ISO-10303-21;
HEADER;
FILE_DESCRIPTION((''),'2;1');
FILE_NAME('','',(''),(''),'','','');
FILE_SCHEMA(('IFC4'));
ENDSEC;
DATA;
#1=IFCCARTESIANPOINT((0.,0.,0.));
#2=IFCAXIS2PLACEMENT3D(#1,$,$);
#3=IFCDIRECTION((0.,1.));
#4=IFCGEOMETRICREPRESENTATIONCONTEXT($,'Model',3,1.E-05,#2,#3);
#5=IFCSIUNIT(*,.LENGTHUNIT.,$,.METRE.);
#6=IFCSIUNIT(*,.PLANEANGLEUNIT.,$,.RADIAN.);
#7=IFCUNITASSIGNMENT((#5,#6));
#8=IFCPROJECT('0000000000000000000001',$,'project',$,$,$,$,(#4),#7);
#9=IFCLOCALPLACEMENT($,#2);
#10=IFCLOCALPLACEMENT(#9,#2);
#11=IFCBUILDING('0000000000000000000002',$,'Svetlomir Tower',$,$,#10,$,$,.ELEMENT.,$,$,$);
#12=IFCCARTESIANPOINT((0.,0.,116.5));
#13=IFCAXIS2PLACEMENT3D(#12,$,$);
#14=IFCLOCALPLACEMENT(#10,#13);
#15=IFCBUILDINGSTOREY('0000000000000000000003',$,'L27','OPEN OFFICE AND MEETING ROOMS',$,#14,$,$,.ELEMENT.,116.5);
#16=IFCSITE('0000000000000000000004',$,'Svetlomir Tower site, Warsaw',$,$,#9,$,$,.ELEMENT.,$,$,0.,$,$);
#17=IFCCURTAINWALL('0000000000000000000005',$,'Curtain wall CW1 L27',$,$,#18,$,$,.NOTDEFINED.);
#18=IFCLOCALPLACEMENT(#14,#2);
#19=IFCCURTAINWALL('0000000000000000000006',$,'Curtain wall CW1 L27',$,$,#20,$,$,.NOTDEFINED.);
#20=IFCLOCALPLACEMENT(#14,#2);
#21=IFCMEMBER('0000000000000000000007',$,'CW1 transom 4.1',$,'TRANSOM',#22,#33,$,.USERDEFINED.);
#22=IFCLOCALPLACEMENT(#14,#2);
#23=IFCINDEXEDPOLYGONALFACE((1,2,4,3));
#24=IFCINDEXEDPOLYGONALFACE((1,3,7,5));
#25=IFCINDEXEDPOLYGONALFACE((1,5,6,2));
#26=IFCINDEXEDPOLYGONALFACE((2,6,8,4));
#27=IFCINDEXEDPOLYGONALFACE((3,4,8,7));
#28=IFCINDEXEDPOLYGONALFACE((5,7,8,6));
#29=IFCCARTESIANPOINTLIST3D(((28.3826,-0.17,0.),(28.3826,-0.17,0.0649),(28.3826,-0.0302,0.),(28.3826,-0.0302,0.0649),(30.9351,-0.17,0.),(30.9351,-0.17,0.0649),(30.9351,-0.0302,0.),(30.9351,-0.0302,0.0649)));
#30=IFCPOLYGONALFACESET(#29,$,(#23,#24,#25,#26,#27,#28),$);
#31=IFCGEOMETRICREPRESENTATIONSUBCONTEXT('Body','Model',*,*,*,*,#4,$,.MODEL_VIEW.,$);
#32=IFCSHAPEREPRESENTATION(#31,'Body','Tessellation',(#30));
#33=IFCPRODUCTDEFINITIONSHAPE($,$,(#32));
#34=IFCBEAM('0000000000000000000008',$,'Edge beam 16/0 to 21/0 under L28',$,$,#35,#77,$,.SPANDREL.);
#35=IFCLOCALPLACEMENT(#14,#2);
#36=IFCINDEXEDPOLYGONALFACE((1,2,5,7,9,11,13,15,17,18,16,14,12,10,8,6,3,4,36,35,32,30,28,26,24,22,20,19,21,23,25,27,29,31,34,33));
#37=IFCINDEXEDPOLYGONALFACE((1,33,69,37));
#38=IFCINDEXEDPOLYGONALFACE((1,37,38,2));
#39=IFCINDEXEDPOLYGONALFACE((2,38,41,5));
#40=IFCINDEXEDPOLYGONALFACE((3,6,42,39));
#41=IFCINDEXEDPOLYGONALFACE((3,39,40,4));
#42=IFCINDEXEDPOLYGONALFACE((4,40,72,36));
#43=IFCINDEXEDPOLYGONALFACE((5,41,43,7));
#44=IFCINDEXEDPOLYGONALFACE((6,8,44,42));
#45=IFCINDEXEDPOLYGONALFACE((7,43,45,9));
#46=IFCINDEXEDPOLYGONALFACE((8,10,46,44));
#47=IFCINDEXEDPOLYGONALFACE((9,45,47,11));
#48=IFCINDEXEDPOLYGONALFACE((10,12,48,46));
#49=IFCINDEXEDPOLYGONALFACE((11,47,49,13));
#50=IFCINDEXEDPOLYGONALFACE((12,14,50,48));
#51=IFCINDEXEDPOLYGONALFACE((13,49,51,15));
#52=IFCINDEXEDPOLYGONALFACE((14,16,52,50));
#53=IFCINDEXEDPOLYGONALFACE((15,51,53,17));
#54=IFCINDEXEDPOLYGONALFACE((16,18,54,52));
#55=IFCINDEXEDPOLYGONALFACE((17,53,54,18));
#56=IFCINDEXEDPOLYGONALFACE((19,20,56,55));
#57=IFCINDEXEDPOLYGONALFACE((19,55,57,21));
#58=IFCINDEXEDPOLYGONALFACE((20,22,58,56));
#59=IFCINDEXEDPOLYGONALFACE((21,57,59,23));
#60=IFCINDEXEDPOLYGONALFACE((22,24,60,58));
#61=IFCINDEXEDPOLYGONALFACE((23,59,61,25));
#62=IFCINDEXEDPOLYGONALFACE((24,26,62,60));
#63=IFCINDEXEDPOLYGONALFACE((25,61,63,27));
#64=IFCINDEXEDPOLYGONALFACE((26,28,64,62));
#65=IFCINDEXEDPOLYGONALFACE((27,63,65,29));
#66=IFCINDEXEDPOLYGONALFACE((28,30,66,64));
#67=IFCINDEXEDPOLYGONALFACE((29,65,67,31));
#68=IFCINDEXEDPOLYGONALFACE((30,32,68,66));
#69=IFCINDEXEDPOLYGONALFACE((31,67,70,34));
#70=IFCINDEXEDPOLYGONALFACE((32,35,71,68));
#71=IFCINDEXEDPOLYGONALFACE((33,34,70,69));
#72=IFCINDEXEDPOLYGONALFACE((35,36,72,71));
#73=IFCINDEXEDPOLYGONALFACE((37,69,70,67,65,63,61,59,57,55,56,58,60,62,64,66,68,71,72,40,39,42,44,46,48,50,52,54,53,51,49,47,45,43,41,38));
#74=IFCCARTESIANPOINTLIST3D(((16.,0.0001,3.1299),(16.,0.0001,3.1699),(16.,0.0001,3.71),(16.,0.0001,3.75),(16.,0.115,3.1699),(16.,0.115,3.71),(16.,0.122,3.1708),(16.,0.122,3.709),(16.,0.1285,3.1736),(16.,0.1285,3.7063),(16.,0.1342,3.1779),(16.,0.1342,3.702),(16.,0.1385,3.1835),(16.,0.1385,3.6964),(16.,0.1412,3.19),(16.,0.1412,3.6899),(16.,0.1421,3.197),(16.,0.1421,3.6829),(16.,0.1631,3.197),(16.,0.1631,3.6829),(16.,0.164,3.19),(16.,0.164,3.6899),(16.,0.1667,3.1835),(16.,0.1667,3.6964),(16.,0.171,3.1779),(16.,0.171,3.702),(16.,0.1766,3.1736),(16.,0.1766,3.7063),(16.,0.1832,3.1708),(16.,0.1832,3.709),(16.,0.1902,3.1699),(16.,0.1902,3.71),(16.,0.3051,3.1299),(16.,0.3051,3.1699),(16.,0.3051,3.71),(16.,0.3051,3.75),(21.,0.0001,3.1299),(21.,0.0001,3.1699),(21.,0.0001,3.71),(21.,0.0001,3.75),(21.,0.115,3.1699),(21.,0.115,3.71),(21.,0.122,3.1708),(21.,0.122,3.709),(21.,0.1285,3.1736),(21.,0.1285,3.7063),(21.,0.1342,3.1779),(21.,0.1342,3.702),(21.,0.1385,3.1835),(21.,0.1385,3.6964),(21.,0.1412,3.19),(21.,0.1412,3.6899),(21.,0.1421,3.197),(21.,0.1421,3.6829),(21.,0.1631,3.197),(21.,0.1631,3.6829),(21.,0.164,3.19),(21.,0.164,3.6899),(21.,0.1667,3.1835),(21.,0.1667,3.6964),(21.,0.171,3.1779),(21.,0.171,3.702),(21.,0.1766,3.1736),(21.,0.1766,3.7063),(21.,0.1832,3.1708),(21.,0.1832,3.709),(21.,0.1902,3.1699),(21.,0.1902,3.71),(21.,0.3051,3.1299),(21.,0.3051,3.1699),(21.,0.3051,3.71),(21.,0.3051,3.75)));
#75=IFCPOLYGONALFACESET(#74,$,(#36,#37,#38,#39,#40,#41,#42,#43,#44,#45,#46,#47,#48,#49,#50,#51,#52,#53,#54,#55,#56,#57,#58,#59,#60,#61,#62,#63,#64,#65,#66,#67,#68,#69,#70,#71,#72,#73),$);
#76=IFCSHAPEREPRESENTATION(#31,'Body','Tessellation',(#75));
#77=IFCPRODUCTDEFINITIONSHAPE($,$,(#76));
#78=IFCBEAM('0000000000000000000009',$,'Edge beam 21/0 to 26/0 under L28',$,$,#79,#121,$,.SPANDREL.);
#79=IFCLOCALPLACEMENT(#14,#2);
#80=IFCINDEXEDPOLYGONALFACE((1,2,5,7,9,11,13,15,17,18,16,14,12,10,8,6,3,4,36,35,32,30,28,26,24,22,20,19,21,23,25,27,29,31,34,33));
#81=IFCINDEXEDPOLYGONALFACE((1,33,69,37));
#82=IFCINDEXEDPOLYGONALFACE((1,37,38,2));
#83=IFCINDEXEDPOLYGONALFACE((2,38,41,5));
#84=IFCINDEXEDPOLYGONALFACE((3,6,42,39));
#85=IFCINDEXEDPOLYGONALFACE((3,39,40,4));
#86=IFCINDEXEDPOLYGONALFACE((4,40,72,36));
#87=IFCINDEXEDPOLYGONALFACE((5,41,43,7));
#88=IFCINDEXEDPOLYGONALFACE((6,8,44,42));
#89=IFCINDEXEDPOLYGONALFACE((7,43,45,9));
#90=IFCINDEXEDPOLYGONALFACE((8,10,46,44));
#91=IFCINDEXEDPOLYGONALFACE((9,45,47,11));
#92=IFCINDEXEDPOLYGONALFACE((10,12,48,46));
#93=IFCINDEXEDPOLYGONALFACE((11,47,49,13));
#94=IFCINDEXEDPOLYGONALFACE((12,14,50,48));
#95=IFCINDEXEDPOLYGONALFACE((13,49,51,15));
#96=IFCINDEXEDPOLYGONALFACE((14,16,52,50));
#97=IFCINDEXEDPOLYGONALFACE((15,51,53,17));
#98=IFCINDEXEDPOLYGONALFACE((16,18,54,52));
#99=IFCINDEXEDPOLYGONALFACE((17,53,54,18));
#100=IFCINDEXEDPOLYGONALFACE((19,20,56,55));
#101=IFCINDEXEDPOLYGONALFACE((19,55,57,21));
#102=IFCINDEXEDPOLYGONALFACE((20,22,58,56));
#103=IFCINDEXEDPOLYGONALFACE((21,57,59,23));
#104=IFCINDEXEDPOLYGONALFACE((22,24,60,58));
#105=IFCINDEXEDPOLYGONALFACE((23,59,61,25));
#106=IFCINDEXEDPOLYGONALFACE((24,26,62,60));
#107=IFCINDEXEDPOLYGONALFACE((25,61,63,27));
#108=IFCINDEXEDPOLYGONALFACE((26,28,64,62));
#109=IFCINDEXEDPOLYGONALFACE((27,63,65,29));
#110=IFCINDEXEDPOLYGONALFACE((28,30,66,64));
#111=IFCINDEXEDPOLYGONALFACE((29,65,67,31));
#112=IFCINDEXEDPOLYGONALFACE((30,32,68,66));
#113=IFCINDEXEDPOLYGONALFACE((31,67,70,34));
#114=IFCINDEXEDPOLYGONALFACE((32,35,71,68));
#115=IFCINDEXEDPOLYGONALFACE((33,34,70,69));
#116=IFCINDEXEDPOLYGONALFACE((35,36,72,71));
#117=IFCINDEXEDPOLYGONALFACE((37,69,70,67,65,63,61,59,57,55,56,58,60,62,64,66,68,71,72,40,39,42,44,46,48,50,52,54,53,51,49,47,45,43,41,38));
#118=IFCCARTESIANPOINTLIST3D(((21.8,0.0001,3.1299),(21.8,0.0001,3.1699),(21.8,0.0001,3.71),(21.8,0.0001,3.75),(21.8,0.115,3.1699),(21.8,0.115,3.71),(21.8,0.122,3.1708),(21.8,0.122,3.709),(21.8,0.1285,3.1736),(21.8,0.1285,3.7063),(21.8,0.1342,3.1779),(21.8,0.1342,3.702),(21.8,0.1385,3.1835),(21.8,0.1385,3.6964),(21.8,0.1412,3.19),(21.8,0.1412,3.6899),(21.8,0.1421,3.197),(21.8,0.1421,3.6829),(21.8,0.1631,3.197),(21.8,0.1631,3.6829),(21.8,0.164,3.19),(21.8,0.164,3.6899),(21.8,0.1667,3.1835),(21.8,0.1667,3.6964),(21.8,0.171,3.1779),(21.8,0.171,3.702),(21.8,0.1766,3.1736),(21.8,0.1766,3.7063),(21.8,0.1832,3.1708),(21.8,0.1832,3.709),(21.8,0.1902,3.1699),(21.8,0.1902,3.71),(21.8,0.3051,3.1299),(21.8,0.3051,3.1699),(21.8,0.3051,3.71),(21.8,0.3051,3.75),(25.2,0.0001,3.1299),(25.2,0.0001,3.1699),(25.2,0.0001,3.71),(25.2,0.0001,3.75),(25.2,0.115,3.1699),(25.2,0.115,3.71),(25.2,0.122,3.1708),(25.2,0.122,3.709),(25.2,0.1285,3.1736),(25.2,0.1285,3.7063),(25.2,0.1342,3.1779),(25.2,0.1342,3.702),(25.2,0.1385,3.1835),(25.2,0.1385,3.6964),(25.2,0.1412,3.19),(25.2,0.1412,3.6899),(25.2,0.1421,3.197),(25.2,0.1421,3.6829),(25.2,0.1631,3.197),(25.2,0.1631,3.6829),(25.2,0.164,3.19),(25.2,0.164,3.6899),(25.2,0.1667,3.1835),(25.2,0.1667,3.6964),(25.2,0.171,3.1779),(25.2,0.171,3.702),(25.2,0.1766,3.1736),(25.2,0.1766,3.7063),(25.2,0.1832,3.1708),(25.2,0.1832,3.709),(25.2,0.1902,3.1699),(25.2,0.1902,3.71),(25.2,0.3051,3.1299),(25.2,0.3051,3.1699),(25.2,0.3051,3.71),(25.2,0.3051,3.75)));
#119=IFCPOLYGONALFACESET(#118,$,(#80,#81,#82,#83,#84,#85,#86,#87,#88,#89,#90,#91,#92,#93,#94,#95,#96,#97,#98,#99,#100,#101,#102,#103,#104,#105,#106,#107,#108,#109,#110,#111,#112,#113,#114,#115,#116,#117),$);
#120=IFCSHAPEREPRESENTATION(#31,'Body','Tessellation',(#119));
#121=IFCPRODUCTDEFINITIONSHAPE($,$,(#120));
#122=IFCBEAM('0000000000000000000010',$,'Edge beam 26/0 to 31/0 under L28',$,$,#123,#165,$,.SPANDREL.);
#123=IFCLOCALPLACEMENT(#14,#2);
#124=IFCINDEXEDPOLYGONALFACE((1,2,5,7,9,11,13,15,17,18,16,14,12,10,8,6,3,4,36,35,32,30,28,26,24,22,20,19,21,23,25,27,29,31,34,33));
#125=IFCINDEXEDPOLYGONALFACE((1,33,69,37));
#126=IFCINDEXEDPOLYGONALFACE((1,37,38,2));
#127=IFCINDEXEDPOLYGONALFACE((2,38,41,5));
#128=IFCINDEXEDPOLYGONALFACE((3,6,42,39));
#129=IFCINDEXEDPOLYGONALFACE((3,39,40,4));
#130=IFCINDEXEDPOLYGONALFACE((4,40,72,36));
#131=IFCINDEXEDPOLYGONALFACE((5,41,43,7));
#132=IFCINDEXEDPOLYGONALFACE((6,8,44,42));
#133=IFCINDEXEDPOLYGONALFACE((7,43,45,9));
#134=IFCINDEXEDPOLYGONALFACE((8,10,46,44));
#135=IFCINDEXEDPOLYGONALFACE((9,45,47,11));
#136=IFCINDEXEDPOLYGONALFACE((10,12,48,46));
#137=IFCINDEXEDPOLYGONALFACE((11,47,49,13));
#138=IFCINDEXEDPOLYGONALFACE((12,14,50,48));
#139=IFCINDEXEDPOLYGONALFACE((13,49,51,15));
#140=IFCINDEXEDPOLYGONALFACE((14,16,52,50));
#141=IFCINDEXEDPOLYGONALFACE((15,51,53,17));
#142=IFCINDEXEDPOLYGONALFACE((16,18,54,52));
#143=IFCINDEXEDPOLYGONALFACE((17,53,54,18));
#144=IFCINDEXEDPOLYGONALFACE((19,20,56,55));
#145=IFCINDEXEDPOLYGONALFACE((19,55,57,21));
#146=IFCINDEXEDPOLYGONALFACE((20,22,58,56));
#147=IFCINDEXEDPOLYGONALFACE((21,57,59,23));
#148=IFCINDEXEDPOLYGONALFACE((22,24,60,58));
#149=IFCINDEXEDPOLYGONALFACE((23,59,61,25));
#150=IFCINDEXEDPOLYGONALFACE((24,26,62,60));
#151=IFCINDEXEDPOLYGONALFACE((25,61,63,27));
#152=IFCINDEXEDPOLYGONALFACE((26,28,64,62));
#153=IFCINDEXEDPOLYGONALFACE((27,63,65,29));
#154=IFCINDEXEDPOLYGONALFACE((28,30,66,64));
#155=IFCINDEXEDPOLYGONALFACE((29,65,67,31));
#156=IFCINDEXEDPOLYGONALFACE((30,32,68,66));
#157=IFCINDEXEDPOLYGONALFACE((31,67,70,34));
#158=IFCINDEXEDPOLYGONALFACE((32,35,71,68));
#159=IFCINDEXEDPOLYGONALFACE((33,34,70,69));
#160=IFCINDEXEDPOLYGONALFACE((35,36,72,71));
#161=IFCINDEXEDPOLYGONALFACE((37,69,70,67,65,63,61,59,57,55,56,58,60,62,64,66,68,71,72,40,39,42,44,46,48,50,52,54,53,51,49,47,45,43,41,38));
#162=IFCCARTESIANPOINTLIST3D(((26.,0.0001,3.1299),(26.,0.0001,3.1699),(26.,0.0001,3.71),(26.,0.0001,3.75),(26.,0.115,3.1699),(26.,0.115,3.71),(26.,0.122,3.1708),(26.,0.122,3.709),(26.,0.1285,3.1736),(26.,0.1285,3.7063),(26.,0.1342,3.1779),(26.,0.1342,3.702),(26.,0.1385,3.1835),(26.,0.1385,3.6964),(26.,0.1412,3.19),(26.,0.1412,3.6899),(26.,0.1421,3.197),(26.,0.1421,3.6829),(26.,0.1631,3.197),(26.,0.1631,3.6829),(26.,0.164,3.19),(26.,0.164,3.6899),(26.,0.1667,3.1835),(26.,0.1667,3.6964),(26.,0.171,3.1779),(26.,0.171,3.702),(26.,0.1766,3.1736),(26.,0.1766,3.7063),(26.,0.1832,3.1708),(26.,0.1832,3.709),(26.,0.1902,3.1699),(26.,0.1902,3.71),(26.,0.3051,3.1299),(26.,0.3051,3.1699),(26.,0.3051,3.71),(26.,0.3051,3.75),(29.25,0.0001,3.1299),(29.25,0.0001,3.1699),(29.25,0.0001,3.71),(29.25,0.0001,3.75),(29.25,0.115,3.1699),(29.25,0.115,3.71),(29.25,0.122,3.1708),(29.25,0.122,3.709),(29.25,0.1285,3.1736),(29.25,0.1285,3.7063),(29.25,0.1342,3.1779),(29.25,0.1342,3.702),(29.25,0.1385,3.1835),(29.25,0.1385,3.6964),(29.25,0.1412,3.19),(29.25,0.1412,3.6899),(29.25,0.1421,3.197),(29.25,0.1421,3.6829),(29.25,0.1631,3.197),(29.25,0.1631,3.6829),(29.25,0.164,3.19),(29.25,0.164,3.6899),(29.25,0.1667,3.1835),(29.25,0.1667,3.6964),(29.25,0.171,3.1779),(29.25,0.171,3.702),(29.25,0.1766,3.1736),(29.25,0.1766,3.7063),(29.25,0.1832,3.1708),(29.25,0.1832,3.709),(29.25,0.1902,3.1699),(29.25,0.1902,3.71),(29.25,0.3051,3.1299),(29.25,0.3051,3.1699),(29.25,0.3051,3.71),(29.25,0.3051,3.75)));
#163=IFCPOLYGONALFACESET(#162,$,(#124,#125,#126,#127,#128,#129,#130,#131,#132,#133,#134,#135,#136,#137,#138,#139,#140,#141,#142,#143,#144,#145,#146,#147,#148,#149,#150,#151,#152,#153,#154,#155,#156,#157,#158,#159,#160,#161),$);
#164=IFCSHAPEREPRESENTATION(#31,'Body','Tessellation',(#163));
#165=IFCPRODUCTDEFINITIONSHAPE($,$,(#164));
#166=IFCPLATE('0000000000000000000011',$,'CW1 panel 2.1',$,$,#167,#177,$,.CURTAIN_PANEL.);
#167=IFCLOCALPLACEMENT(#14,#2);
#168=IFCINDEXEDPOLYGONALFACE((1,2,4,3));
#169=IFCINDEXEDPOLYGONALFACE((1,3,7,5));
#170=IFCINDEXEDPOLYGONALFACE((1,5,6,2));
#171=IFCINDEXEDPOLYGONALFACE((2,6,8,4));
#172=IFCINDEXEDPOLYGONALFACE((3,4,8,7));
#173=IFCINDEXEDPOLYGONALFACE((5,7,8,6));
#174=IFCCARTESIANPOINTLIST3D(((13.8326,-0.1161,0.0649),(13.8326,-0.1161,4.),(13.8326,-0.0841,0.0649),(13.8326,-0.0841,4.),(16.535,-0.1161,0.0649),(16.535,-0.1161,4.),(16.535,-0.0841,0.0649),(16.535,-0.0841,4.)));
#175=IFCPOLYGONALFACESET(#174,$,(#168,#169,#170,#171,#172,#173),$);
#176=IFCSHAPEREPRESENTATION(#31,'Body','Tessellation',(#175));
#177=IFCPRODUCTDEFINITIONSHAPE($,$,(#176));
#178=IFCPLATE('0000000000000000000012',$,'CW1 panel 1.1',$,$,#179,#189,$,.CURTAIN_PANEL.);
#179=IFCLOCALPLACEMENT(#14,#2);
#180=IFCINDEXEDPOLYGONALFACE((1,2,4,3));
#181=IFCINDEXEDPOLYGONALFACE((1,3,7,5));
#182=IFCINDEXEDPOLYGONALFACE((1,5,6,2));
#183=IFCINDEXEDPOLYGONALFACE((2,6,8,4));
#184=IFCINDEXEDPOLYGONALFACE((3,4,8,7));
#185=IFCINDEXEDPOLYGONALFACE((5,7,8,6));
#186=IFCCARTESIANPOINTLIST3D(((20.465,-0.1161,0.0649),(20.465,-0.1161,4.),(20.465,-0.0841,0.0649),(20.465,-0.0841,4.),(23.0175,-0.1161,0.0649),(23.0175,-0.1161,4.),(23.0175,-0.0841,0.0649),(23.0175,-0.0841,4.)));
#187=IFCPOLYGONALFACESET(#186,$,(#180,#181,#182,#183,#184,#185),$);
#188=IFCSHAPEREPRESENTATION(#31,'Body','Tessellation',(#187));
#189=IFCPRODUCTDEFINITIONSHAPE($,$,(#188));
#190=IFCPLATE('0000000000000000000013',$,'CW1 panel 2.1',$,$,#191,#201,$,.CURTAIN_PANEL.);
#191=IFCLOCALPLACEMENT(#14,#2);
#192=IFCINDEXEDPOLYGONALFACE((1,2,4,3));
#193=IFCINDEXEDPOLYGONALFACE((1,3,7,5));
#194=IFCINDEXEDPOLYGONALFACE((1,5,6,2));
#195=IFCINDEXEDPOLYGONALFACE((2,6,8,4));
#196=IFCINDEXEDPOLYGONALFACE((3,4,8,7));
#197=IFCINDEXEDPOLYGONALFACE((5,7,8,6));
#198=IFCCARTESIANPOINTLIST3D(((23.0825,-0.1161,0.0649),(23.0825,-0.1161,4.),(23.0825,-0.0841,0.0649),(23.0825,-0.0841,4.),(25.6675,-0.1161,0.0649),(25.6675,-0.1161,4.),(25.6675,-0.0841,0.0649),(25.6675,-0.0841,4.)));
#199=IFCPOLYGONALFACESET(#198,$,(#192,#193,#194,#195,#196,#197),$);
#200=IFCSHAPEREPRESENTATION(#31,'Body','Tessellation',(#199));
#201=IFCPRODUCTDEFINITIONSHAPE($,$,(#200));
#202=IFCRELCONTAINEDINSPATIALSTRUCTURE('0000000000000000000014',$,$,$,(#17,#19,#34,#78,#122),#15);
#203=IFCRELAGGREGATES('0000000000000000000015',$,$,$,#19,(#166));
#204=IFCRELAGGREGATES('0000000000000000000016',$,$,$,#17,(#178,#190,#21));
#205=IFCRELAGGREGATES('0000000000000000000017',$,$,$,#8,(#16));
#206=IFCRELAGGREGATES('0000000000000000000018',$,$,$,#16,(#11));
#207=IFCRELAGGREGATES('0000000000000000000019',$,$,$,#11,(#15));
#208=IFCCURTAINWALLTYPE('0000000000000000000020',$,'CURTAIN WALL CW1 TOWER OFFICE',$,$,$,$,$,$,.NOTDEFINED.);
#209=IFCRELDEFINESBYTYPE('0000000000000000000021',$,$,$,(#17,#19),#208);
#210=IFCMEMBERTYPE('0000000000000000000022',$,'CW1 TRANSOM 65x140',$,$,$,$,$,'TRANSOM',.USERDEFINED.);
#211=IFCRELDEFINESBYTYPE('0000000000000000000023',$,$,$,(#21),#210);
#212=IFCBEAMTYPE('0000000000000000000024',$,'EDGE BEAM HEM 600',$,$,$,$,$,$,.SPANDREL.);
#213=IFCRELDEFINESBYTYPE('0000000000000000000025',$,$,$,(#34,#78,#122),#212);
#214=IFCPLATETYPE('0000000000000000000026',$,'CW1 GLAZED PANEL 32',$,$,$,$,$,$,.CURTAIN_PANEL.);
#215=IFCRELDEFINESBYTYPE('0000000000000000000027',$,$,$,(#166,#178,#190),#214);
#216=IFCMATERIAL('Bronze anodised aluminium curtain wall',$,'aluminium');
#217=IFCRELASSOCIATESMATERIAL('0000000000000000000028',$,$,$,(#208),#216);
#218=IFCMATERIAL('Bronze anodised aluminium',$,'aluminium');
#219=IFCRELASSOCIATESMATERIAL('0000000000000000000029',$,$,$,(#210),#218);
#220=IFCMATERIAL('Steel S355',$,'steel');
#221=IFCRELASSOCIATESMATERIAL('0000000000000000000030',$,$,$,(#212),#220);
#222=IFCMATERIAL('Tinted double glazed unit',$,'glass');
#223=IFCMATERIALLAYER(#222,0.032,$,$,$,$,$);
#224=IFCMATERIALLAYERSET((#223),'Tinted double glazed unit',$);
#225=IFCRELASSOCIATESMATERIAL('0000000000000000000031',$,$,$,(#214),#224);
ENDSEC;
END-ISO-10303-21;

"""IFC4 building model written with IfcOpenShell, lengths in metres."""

from ifc_helpers import new_model, si_unit, direction, frame, origin, origin_2d, place, context, subcontext, project, spatial, rectangle, i_section, extrude, material, layer, layer_set, material_profile, profile_set, type_object, element, aggregate, save


model = new_model("IFC4")

# Units and contexts
model_context = context("Model", 3, precision=1e-05, world=origin(), true_north=direction((0.0, 1.0)))
body_context = subcontext(model_context, "Body", "Model", "MODEL_VIEW")
ifc_project = project(units=[si_unit("LENGTHUNIT", "METRE"), si_unit("PLANEANGLEUNIT", "RADIAN")], contexts=[model_context])

# Site, building, storey
site_placement = place(None, origin())
site = spatial("IfcSite", under=ifc_project, at=site_placement, Name="Svetlomir Tower site, Warsaw", CompositionType="ELEMENT", RefElevation=0.0)
building_placement = place(site_placement, origin())
building = spatial("IfcBuilding", under=site, at=building_placement, Name="Svetlomir Tower", CompositionType="ELEMENT")
storey_placement = place(building_placement, frame((0.0, 0.0, 116.5)))
storey = spatial("IfcBuildingStorey", under=building, at=storey_placement, Name="L27", Description="OPEN OFFICE AND MEETING ROOMS", CompositionType="ELEMENT", Elevation=116.5)

# Curtain wall
ifc_material_1 = material(Name="Bronze anodised aluminium curtain wall", Category="aluminium")
curtain_wall_type = type_object("IfcCurtainWallType", Name="CURTAIN WALL CW1 TOWER OFFICE", PredefinedType="NOTDEFINED", material=ifc_material_1)
curtain_wall_1_placement = place(storey_placement, origin())
curtain_wall_1 = element("IfcCurtainWall", 1, at=curtain_wall_1_placement, inside=storey, type_object=curtain_wall_type, Name="Curtain wall CW1 L27", PredefinedType="NOTDEFINED")

# Curtain wall
curtain_wall_2_placement = place(storey_placement, origin())
curtain_wall_2 = element("IfcCurtainWall", 2, at=curtain_wall_2_placement, inside=storey, type_object=curtain_wall_type, Name="Curtain wall CW1 L27", PredefinedType="NOTDEFINED")

# Member
ifc_material_2 = material(Name="Bronze anodised aluminium", Category="aluminium")
ifc_material_profile_1 = material_profile(ifc_material_2, rectangle(XDim=0.1399, YDim=0.0649, at=origin_2d()), Name="AL 140x65")
ifc_profile_set_1 = profile_set([ifc_material_profile_1], Name="Bronze anodised aluminium 6063-T6")
member_type_1 = type_object("IfcMemberType", Name="CW1 TRANSOM 65x140", ElementType="TRANSOM", PredefinedType="USERDEFINED", material=ifc_profile_set_1)
member_1_placement = place(storey_placement, frame((28.3826, -0.1001, 0.0325), z_axis=(1.0, 0.0, 0.0), x_axis=(0.0, 1.0, 0.0)))
member_1 = element("IfcMember", 3, at=member_1_placement, type_object=member_type_1, Name="CW1 transom 4.1", ObjectType="TRANSOM", PredefinedType="USERDEFINED", context=body_context, shape_type="SweptSolid", body=[
    extrude(rectangle(XDim=0.1399, YDim=0.0649, at=origin_2d()), origin(), (0.0, 0.0, 1.0), 2.5525),
])

# Beams
ifc_material_3 = material(Name="Steel S355", Category="steel")
ifc_material_profile_2 = material_profile(ifc_material_3, i_section(OverallWidth=0.3049, OverallDepth=0.6201, WebThickness=0.021, FlangeThickness=0.04, FilletRadius=0.0271, at=origin_2d()), Name="HEM 600")
ifc_profile_set_2 = profile_set([ifc_material_profile_2], Name="Steel S355")
beam_type_1 = type_object("IfcBeamType", Name="EDGE BEAM HEM 600", PredefinedType="SPANDREL", material=ifc_profile_set_2)
beam_1_placement = place(storey_placement, frame((16.0, 0.1526, 3.4399), z_axis=(1.0, 0.0, 0.0), x_axis=(0.0, 1.0, 0.0)))
element("IfcBeam", 4, at=beam_1_placement, inside=storey, type_object=beam_type_1, Name="Edge beam 16/0 to 21/0 under L28", PredefinedType="SPANDREL", context=body_context, shape_type="SweptSolid", body=[
    extrude(i_section(OverallWidth=0.3049, OverallDepth=0.6201, WebThickness=0.021, FlangeThickness=0.04, FilletRadius=0.0271, at=origin_2d()), origin(), (0.0, 0.0, 1.0), 5.0),
])
beam_2_placement = place(storey_placement, frame((21.8, 0.1526, 3.4399), z_axis=(1.0, 0.0, 0.0), x_axis=(0.0, 1.0, 0.0)))
element("IfcBeam", 5, at=beam_2_placement, inside=storey, type_object=beam_type_1, Name="Edge beam 21/0 to 26/0 under L28", PredefinedType="SPANDREL", context=body_context, shape_type="SweptSolid", body=[
    extrude(i_section(OverallWidth=0.3049, OverallDepth=0.6201, WebThickness=0.021, FlangeThickness=0.04, FilletRadius=0.0271, at=origin_2d()), origin(), (0.0, 0.0, 1.0), 3.3999),
])
beam_3_placement = place(storey_placement, frame((26.0, 0.1526, 3.4399), z_axis=(1.0, 0.0, 0.0), x_axis=(0.0, 1.0, 0.0)))
element("IfcBeam", 6, at=beam_3_placement, inside=storey, type_object=beam_type_1, Name="Edge beam 26/0 to 31/0 under L28", PredefinedType="SPANDREL", context=body_context, shape_type="SweptSolid", body=[
    extrude(i_section(OverallWidth=0.3049, OverallDepth=0.6201, WebThickness=0.021, FlangeThickness=0.04, FilletRadius=0.0271, at=origin_2d()), origin(), (0.0, 0.0, 1.0), 3.25),
])

# Plates
ifc_material_4 = material(Name="Tinted double glazed unit", Category="glass")
ifc_layer_1 = layer(ifc_material_4, 0.032)
ifc_layer_set_1 = layer_set([ifc_layer_1], Name="Tinted double glazed unit")
plate_type = type_object("IfcPlateType", Name="CW1 GLAZED PANEL 32", PredefinedType="CURTAIN_PANEL", material=ifc_layer_set_1)
plate_1_placement = place(storey_placement, frame((15.1838, -0.1001, 0.0649), z_axis=(0.0, 0.0, 1.0), x_axis=(1.0, 0.0, 0.0)))
plate_1 = element("IfcPlate", 7, at=plate_1_placement, type_object=plate_type, Name="CW1 panel 2.1", PredefinedType="CURTAIN_PANEL", context=body_context, shape_type="SweptSolid", body=[
    extrude(rectangle(XDim=2.7024, YDim=0.032, at=origin_2d()), origin(), (0.0, 0.0, 1.0), 3.9351),
])
aggregate(curtain_wall_2, [plate_1])
plate_2_placement = place(storey_placement, frame((21.7412, -0.1001, 0.0649), z_axis=(0.0, 0.0, 1.0), x_axis=(1.0, 0.0, 0.0)))
plate_2 = element("IfcPlate", 8, at=plate_2_placement, type_object=plate_type, Name="CW1 panel 1.1", PredefinedType="CURTAIN_PANEL", context=body_context, shape_type="SweptSolid", body=[
    extrude(rectangle(XDim=2.5525, YDim=0.032, at=origin_2d()), origin(), (0.0, 0.0, 1.0), 3.9351),
])
plate_3_placement = place(storey_placement, frame((24.375, -0.1001, 0.0649), z_axis=(0.0, 0.0, 1.0), x_axis=(1.0, 0.0, 0.0)))
plate_3 = element("IfcPlate", 9, at=plate_3_placement, type_object=plate_type, Name="CW1 panel 2.1", PredefinedType="CURTAIN_PANEL", context=body_context, shape_type="SweptSolid", body=[
    extrude(rectangle(XDim=2.585, YDim=0.032, at=origin_2d()), origin(), (0.0, 0.0, 1.0), 3.9351),
])
aggregate(curtain_wall_1, [plate_2, plate_3, member_1])

save(model, "model.ifc")
